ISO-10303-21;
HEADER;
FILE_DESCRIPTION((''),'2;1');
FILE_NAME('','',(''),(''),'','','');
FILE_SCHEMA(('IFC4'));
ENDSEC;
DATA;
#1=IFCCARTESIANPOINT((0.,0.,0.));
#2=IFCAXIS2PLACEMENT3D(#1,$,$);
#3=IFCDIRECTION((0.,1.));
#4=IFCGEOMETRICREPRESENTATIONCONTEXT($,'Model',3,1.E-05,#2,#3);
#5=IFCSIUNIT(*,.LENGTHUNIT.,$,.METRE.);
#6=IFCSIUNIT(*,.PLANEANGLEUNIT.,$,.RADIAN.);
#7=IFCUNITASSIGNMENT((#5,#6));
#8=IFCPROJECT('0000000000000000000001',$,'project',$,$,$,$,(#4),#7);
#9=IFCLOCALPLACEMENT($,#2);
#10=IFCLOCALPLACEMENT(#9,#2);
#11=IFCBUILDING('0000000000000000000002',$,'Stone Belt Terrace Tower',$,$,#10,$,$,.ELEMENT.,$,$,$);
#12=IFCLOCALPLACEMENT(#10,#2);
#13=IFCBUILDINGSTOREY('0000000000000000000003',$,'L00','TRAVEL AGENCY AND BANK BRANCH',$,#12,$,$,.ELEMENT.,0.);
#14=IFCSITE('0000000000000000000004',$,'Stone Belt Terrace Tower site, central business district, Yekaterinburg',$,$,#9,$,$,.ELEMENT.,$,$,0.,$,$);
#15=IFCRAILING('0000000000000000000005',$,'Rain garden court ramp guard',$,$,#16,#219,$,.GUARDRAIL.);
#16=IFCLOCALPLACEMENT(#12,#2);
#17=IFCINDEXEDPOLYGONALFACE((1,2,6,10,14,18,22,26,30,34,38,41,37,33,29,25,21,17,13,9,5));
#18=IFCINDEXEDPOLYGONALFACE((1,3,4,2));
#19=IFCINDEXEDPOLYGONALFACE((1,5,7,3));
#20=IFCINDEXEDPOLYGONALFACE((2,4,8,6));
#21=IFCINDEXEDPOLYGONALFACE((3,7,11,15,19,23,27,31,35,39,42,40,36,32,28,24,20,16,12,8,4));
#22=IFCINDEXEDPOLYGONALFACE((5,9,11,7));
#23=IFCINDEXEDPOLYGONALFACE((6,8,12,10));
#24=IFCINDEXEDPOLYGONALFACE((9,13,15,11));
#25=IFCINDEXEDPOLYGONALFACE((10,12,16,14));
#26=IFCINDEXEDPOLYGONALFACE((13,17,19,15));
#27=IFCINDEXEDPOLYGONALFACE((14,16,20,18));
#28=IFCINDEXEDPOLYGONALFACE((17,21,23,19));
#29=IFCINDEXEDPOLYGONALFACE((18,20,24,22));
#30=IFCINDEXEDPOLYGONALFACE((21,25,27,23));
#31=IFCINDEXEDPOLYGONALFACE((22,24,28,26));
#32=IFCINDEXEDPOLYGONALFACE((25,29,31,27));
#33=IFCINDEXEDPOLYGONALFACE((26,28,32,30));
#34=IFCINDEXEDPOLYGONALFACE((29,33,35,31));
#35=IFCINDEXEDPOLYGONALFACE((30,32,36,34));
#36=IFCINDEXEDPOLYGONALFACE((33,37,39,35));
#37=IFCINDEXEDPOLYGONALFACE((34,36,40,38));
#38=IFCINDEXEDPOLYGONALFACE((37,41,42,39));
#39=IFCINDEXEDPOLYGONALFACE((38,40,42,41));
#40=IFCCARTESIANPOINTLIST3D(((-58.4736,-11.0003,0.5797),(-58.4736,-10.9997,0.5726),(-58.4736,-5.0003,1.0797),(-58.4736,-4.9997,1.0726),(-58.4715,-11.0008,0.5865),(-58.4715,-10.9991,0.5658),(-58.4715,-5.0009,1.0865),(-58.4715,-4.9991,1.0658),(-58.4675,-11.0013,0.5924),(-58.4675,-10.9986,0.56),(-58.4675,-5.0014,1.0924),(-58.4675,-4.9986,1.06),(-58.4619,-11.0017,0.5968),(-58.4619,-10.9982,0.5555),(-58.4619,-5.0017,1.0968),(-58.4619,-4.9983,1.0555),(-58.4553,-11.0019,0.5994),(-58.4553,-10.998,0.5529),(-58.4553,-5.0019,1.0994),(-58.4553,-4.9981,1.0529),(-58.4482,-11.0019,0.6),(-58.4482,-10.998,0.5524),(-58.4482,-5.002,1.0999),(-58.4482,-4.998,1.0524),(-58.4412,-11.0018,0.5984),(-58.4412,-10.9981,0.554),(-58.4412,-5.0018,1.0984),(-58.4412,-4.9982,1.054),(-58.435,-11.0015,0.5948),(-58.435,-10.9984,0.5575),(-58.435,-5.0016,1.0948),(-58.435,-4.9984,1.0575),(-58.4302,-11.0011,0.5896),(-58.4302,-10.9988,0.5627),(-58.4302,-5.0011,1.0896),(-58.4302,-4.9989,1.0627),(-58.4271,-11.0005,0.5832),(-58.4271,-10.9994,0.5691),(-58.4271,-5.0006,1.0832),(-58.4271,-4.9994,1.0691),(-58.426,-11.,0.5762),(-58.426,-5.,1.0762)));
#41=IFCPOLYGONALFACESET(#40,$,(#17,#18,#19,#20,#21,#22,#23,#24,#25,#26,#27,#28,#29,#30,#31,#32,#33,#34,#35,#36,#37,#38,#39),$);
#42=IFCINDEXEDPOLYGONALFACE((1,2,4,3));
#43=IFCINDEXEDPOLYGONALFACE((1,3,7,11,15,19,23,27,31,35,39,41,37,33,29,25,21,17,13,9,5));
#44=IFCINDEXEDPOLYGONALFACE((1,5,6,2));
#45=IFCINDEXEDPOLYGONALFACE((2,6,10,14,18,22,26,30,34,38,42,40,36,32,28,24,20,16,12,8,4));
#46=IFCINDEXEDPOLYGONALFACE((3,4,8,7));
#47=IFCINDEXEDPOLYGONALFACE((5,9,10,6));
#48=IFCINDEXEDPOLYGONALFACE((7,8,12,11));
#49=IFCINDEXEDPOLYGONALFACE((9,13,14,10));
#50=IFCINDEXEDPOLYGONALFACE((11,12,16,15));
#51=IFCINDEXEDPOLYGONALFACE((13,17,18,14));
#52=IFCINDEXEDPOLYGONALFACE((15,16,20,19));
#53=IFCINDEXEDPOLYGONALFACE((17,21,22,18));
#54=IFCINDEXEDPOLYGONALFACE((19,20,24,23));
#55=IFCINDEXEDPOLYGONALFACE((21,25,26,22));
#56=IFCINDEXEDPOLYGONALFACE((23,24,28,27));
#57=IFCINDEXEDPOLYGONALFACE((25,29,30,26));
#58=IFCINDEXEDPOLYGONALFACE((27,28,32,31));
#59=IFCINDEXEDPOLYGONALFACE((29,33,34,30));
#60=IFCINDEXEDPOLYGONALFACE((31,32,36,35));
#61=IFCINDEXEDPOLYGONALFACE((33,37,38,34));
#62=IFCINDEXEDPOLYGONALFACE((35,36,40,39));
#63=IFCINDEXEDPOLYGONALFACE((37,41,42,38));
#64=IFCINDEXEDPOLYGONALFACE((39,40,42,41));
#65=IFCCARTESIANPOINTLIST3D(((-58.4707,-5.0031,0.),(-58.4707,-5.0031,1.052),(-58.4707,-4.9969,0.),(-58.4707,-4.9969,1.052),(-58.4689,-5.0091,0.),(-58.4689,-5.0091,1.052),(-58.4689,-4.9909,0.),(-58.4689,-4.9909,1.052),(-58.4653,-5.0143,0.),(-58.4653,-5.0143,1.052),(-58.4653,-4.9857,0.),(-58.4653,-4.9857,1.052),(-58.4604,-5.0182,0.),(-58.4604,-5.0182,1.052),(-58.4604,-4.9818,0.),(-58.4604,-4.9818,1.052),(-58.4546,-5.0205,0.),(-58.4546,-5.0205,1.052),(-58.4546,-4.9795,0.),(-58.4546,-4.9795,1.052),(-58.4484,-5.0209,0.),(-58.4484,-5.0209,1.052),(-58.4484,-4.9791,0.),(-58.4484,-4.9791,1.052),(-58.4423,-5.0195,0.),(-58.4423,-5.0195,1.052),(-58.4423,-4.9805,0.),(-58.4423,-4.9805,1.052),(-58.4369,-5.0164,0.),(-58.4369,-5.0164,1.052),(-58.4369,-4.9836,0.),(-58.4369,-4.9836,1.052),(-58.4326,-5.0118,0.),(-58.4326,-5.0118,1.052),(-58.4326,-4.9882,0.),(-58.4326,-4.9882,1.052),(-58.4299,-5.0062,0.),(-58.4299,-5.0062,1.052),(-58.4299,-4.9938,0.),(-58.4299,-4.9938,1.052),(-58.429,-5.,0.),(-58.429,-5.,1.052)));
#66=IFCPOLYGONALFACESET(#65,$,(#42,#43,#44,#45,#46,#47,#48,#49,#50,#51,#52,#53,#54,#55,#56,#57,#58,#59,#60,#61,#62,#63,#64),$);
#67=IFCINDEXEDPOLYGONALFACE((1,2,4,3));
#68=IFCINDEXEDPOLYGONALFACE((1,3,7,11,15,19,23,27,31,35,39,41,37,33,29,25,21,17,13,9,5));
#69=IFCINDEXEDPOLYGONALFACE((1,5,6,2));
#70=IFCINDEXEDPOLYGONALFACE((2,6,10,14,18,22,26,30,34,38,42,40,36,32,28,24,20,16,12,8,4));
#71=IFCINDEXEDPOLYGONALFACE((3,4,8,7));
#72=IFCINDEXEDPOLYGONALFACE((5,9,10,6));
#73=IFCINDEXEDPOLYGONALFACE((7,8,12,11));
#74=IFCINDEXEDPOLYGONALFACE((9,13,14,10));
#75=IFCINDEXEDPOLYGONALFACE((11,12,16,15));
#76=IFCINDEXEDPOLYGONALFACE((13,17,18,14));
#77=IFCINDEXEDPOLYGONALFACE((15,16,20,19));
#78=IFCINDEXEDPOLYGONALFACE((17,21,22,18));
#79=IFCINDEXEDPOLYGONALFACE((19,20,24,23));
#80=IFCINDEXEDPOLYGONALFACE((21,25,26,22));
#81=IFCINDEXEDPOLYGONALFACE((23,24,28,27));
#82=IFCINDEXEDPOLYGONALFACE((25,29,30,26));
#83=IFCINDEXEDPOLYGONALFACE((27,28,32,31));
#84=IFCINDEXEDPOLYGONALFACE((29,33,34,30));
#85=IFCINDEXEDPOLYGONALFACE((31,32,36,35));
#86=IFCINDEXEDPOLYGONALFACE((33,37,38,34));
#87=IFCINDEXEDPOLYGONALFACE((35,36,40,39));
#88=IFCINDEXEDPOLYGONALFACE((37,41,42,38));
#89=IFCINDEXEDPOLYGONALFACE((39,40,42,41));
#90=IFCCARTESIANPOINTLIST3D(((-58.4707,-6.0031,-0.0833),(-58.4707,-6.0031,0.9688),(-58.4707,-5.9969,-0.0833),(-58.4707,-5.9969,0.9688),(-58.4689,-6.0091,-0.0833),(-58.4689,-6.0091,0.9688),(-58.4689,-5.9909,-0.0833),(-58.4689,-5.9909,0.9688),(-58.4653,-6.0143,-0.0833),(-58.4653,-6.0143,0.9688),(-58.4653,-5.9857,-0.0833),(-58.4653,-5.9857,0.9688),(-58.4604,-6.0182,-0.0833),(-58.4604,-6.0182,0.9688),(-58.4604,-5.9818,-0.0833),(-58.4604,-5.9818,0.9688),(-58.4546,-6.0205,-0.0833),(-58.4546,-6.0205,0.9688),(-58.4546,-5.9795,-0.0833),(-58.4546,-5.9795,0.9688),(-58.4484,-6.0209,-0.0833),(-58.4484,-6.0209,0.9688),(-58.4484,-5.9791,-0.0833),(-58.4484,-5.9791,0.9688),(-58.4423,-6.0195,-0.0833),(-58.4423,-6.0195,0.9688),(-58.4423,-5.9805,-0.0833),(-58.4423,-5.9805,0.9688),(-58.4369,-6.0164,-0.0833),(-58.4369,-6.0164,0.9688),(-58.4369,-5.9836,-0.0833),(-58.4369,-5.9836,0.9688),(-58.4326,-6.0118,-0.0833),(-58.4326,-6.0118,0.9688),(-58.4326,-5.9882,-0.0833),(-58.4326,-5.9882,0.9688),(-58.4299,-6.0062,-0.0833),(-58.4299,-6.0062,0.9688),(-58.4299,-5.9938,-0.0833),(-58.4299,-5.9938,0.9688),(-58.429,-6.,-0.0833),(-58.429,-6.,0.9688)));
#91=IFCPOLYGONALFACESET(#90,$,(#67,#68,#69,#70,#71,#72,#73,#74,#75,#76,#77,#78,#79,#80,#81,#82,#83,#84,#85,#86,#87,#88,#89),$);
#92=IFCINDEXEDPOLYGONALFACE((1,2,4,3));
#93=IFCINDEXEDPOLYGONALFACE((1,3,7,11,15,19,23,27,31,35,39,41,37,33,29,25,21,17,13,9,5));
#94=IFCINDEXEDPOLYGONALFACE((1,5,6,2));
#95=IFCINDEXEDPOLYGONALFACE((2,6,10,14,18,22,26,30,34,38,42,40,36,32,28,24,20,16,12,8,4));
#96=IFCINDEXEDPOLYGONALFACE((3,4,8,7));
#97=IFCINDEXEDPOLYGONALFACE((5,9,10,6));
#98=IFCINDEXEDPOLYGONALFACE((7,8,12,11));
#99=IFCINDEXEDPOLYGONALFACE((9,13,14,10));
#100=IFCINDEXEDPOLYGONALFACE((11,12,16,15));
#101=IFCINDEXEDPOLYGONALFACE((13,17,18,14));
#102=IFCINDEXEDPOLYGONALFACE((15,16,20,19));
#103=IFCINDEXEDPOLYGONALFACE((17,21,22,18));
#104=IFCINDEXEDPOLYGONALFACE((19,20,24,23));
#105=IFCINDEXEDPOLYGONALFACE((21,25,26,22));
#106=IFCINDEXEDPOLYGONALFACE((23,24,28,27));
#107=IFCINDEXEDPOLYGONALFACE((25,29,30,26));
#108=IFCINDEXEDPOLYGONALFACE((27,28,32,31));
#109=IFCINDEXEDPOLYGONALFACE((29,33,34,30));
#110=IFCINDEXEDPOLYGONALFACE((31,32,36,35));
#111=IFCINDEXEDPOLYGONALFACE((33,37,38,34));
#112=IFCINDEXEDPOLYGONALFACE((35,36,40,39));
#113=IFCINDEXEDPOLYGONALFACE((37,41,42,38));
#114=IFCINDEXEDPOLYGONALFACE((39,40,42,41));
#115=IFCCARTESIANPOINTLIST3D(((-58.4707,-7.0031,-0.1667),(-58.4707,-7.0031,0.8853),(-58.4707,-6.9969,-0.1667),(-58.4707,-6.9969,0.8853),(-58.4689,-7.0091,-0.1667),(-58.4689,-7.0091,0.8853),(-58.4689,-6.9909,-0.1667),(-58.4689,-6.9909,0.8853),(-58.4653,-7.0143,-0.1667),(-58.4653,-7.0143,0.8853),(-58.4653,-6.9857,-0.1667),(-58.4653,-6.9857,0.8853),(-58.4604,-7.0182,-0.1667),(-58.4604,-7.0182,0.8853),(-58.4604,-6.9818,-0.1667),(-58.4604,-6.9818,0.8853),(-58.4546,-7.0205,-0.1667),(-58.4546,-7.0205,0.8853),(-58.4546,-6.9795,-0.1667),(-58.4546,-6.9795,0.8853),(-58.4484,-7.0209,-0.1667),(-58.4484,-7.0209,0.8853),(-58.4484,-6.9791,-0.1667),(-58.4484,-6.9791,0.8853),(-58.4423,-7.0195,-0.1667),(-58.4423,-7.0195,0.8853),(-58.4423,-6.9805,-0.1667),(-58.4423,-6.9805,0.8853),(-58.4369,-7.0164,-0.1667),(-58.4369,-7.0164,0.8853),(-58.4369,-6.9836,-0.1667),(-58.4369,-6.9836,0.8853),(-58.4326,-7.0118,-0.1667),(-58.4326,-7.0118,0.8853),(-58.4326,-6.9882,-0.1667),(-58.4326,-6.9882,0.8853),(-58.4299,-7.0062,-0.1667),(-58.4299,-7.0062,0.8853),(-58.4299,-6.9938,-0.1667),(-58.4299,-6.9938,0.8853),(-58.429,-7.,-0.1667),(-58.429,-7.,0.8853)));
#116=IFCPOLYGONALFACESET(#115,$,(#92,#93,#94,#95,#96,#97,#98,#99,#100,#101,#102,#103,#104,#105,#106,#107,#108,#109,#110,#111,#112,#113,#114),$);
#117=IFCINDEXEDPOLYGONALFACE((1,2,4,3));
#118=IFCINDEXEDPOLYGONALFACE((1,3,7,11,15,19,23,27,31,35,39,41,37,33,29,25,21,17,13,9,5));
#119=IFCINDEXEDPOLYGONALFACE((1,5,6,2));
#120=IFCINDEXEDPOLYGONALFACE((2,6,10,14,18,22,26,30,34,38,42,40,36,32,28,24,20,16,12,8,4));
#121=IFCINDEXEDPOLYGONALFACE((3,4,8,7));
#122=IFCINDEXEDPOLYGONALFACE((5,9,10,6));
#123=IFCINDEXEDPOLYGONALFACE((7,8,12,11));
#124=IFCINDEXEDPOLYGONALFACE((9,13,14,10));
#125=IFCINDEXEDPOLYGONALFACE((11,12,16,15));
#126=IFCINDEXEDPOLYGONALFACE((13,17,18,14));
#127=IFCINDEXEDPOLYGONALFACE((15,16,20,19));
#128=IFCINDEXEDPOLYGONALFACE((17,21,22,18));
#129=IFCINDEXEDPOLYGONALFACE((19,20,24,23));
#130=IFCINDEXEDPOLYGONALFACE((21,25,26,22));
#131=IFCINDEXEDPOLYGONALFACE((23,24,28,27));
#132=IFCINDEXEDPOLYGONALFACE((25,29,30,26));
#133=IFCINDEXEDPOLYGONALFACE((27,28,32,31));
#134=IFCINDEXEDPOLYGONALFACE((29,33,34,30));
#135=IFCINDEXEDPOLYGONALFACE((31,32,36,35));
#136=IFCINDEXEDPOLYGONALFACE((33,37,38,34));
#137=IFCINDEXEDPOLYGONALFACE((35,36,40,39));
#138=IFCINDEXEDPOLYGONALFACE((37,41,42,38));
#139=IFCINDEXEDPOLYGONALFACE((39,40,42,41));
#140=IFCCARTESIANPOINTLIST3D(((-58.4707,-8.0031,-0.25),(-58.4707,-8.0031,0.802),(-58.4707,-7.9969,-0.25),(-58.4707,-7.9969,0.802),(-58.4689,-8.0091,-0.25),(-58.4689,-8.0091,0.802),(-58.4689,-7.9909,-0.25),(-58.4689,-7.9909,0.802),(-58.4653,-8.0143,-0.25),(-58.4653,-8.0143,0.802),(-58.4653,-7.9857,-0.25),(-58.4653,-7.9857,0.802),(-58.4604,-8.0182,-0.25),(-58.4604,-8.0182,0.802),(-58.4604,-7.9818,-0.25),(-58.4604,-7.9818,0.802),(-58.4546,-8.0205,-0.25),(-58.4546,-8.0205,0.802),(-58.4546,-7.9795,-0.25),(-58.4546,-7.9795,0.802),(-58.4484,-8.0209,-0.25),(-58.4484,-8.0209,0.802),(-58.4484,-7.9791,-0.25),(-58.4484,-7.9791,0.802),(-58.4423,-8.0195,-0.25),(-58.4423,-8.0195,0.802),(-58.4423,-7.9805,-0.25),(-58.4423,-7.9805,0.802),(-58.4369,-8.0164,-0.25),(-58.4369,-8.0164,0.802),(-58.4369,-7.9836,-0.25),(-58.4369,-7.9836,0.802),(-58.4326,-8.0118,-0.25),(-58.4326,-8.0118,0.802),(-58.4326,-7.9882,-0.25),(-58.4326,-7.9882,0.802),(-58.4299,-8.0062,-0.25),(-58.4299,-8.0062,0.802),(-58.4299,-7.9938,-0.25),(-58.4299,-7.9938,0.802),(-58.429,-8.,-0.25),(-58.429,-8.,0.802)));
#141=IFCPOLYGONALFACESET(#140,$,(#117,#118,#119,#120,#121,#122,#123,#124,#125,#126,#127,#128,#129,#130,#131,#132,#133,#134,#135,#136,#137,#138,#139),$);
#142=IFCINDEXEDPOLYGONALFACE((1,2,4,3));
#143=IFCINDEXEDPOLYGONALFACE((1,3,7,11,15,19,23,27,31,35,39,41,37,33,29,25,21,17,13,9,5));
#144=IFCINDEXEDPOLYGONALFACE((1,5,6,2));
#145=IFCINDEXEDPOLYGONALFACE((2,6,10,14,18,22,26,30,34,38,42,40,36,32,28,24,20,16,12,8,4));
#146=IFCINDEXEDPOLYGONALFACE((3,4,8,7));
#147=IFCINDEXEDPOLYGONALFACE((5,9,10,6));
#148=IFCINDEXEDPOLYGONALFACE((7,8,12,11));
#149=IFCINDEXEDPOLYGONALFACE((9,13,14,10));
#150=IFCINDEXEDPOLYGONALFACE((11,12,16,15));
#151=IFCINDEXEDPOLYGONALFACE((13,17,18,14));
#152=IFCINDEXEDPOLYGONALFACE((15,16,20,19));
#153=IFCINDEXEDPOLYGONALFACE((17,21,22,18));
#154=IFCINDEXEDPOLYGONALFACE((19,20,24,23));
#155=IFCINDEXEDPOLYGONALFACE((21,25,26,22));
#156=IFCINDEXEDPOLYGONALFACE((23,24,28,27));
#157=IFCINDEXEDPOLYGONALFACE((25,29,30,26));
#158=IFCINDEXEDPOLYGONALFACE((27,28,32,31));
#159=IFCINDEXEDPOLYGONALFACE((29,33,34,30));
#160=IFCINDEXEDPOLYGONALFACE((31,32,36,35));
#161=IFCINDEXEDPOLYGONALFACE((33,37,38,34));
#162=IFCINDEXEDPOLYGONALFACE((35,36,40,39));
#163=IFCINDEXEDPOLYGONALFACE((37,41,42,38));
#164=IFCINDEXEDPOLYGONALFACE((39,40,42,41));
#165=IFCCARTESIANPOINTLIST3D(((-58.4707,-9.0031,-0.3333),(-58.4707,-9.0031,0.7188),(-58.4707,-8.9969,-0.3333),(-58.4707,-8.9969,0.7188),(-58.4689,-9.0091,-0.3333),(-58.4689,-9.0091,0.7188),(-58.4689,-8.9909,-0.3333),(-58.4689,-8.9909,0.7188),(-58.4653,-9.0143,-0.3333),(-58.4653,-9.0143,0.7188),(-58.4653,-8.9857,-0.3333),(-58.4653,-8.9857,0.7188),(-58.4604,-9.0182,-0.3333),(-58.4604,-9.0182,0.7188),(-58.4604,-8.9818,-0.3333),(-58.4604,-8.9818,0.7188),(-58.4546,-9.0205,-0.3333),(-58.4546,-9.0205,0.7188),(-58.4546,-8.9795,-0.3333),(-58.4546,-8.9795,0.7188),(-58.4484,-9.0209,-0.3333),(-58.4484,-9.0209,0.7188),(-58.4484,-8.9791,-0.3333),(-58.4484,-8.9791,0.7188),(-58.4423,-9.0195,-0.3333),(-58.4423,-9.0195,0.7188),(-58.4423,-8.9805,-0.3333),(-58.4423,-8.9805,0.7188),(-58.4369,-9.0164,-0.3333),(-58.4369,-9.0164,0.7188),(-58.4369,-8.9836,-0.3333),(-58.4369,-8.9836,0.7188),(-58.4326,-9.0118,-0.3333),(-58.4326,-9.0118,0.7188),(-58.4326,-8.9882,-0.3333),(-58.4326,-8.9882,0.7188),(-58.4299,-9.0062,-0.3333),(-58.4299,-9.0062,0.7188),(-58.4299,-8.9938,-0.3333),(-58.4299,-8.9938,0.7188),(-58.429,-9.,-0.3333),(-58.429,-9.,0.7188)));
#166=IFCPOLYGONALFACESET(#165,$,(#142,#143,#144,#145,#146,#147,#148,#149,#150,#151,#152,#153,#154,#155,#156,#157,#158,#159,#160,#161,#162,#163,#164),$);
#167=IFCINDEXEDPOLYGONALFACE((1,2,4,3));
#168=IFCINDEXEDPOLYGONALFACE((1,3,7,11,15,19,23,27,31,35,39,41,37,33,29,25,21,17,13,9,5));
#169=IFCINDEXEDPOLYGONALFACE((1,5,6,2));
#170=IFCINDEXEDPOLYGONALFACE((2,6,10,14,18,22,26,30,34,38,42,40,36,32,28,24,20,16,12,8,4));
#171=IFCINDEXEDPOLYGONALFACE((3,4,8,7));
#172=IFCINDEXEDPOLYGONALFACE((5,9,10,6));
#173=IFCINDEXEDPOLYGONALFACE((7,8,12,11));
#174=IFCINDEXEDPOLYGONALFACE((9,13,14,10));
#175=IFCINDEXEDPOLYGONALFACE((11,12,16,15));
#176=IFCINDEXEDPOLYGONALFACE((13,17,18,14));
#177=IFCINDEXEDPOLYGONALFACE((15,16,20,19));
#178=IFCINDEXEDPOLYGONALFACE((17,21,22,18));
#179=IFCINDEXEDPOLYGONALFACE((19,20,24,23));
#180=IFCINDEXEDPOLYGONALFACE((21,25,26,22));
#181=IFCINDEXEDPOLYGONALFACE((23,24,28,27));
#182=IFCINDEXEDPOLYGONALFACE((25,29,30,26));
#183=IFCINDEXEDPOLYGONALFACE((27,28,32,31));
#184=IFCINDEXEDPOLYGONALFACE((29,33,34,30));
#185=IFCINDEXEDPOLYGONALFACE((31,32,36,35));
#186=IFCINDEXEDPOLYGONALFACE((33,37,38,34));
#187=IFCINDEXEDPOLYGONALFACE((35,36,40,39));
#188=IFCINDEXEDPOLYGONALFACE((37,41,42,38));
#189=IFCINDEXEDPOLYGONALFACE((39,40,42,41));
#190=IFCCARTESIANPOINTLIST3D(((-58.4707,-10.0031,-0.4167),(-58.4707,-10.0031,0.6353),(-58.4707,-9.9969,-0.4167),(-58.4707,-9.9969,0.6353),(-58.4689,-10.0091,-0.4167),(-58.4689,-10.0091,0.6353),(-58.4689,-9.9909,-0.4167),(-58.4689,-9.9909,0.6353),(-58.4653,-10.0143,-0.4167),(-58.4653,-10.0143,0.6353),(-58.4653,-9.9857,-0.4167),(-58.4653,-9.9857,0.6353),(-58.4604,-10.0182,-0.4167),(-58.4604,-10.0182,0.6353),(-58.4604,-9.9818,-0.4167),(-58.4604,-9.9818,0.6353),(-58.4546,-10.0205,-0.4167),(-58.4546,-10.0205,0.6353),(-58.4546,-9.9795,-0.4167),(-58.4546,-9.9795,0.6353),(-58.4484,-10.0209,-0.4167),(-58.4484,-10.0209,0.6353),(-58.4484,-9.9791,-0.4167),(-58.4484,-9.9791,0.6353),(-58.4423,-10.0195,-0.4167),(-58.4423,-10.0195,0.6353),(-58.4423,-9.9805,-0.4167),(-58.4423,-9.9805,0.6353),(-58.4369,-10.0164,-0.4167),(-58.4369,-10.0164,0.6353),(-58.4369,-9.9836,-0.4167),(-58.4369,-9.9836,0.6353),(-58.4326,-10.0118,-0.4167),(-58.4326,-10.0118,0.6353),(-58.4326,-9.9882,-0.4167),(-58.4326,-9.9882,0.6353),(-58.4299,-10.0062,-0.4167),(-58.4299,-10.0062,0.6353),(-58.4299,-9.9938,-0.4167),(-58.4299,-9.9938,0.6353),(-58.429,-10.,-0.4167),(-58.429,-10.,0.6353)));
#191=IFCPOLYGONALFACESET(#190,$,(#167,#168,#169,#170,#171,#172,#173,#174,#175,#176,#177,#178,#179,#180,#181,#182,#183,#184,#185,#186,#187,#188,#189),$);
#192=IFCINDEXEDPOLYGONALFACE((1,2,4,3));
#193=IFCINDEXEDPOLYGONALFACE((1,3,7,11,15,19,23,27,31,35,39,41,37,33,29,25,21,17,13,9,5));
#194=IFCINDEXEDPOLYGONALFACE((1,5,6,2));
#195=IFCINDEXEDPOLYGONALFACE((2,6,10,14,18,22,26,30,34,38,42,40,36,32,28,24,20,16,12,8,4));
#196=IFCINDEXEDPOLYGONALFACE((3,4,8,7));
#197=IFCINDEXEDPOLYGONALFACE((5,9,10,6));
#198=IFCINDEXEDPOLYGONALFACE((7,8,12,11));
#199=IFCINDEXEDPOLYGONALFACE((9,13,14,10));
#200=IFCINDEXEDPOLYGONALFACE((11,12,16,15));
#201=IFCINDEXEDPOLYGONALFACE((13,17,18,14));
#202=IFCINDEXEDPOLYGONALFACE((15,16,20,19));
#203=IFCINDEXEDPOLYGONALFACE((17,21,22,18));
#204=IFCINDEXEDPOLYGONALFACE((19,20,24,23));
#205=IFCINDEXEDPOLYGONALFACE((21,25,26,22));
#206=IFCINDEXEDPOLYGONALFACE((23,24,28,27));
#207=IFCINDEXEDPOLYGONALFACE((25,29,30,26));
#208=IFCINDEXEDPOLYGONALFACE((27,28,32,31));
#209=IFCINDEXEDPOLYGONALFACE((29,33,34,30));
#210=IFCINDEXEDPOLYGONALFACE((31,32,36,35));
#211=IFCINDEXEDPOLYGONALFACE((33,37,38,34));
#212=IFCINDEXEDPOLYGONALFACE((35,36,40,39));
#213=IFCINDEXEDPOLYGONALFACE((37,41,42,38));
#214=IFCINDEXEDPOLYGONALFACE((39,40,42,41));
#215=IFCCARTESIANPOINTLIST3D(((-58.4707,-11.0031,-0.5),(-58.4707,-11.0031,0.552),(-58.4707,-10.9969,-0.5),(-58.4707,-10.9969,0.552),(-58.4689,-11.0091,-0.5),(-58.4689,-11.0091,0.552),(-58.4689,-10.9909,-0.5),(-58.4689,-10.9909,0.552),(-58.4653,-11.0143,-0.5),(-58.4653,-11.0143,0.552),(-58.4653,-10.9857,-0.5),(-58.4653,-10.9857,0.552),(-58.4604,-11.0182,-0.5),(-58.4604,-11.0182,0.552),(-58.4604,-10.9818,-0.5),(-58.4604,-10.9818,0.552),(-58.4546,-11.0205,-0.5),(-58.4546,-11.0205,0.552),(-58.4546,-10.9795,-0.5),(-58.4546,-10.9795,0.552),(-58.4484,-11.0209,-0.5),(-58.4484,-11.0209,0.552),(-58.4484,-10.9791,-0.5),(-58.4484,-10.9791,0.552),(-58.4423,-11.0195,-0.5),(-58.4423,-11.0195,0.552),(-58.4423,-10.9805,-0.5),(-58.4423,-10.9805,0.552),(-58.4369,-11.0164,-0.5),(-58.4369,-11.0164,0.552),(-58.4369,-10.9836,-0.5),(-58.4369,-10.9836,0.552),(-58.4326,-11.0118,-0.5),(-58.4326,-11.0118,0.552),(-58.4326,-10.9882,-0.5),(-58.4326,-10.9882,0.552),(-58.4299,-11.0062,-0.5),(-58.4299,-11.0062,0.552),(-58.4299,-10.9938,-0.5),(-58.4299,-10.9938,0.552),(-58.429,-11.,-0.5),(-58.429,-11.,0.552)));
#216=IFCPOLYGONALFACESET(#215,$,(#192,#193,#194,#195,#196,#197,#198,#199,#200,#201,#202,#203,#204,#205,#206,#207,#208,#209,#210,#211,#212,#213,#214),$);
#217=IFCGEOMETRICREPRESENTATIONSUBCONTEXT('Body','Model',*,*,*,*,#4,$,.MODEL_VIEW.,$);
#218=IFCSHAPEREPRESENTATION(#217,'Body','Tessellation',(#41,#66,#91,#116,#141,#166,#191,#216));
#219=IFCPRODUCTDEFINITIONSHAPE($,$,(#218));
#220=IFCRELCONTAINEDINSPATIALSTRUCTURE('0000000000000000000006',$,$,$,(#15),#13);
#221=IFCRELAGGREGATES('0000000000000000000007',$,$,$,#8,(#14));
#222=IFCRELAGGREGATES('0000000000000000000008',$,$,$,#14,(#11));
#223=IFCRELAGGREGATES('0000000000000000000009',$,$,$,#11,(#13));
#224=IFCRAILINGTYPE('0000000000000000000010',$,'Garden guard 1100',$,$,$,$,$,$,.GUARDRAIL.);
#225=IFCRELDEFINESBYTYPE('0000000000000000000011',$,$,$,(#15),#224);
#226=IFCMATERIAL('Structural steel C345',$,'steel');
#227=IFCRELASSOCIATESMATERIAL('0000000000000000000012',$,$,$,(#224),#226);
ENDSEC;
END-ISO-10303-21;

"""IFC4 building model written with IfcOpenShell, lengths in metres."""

from ifc_helpers import new_model, si_unit, direction, frame, origin, origin_2d, place, context, subcontext, project, spatial, circle, extrude, material, type_object, element, save


model = new_model("IFC4")

# Units and contexts
model_context = context("Model", 3, precision=1e-05, world=origin(), true_north=direction((0.0, 1.0)))
body_context = subcontext(model_context, "Body", "Model", "MODEL_VIEW")
ifc_project = project(units=[si_unit("LENGTHUNIT", "METRE"), si_unit("PLANEANGLEUNIT", "RADIAN")], contexts=[model_context])

# Site, building, storey
site_placement = place(None, origin())
site = spatial("IfcSite", under=ifc_project, at=site_placement, Name="Stone Belt Terrace Tower site, central business district, Yekaterinburg", CompositionType="ELEMENT", RefElevation=0.0)
building_placement = place(site_placement, origin())
building = spatial("IfcBuilding", under=site, at=building_placement, Name="Stone Belt Terrace Tower", CompositionType="ELEMENT")
storey_placement = place(building_placement, origin())
storey = spatial("IfcBuildingStorey", under=building, at=storey_placement, Name="L00", Description="TRAVEL AGENCY AND BANK BRANCH", CompositionType="ELEMENT", Elevation=0.0)

# Railing
ifc_material_1 = material(Name="Structural steel C345", Category="steel")
railing_type_1 = type_object("IfcRailingType", Name="Garden guard 1100", PredefinedType="GUARDRAIL", material=ifc_material_1)
for number, where, name in (
    (1, (-58.45, -5.0, 0.0), "Rain garden court ramp guard"),
):
    element("IfcRailing", number, at=place(storey_placement, frame(where)), inside=storey, type_object=railing_type_1, Name=name, PredefinedType="GUARDRAIL", context=body_context, shape_type="SweptSolid", body=[
        extrude(circle(Radius=0.0239, at=origin_2d()), frame((0.0, 0.0, 1.0762), z_axis=(0.0, -0.996546, -0.083045), x_axis=(1.0, 0.0, 0.0)), (0.0, 0.0, 1.0), 6.0208),
        extrude(circle(Radius=0.021, at=origin_2d()), origin(), (0.0, 0.0, 1.0), 1.052),
        extrude(circle(Radius=0.021, at=origin_2d()), frame((0.0, -1.0, -0.0833)), (0.0, 0.0, 1.0), 1.052),
        extrude(circle(Radius=0.021, at=origin_2d()), frame((0.0, -2.0, -0.1667)), (0.0, 0.0, 1.0), 1.052),
        extrude(circle(Radius=0.021, at=origin_2d()), frame((0.0, -3.0, -0.25)), (0.0, 0.0, 1.0), 1.052),
        extrude(circle(Radius=0.021, at=origin_2d()), frame((0.0, -4.0, -0.3333)), (0.0, 0.0, 1.0), 1.052),
        extrude(circle(Radius=0.021, at=origin_2d()), frame((0.0, -5.0, -0.4167)), (0.0, 0.0, 1.0), 1.052),
        extrude(circle(Radius=0.021, at=origin_2d()), frame((0.0, -6.0, -0.5)), (0.0, 0.0, 1.0), 1.052),
    ])

save(model, "model.ifc")
